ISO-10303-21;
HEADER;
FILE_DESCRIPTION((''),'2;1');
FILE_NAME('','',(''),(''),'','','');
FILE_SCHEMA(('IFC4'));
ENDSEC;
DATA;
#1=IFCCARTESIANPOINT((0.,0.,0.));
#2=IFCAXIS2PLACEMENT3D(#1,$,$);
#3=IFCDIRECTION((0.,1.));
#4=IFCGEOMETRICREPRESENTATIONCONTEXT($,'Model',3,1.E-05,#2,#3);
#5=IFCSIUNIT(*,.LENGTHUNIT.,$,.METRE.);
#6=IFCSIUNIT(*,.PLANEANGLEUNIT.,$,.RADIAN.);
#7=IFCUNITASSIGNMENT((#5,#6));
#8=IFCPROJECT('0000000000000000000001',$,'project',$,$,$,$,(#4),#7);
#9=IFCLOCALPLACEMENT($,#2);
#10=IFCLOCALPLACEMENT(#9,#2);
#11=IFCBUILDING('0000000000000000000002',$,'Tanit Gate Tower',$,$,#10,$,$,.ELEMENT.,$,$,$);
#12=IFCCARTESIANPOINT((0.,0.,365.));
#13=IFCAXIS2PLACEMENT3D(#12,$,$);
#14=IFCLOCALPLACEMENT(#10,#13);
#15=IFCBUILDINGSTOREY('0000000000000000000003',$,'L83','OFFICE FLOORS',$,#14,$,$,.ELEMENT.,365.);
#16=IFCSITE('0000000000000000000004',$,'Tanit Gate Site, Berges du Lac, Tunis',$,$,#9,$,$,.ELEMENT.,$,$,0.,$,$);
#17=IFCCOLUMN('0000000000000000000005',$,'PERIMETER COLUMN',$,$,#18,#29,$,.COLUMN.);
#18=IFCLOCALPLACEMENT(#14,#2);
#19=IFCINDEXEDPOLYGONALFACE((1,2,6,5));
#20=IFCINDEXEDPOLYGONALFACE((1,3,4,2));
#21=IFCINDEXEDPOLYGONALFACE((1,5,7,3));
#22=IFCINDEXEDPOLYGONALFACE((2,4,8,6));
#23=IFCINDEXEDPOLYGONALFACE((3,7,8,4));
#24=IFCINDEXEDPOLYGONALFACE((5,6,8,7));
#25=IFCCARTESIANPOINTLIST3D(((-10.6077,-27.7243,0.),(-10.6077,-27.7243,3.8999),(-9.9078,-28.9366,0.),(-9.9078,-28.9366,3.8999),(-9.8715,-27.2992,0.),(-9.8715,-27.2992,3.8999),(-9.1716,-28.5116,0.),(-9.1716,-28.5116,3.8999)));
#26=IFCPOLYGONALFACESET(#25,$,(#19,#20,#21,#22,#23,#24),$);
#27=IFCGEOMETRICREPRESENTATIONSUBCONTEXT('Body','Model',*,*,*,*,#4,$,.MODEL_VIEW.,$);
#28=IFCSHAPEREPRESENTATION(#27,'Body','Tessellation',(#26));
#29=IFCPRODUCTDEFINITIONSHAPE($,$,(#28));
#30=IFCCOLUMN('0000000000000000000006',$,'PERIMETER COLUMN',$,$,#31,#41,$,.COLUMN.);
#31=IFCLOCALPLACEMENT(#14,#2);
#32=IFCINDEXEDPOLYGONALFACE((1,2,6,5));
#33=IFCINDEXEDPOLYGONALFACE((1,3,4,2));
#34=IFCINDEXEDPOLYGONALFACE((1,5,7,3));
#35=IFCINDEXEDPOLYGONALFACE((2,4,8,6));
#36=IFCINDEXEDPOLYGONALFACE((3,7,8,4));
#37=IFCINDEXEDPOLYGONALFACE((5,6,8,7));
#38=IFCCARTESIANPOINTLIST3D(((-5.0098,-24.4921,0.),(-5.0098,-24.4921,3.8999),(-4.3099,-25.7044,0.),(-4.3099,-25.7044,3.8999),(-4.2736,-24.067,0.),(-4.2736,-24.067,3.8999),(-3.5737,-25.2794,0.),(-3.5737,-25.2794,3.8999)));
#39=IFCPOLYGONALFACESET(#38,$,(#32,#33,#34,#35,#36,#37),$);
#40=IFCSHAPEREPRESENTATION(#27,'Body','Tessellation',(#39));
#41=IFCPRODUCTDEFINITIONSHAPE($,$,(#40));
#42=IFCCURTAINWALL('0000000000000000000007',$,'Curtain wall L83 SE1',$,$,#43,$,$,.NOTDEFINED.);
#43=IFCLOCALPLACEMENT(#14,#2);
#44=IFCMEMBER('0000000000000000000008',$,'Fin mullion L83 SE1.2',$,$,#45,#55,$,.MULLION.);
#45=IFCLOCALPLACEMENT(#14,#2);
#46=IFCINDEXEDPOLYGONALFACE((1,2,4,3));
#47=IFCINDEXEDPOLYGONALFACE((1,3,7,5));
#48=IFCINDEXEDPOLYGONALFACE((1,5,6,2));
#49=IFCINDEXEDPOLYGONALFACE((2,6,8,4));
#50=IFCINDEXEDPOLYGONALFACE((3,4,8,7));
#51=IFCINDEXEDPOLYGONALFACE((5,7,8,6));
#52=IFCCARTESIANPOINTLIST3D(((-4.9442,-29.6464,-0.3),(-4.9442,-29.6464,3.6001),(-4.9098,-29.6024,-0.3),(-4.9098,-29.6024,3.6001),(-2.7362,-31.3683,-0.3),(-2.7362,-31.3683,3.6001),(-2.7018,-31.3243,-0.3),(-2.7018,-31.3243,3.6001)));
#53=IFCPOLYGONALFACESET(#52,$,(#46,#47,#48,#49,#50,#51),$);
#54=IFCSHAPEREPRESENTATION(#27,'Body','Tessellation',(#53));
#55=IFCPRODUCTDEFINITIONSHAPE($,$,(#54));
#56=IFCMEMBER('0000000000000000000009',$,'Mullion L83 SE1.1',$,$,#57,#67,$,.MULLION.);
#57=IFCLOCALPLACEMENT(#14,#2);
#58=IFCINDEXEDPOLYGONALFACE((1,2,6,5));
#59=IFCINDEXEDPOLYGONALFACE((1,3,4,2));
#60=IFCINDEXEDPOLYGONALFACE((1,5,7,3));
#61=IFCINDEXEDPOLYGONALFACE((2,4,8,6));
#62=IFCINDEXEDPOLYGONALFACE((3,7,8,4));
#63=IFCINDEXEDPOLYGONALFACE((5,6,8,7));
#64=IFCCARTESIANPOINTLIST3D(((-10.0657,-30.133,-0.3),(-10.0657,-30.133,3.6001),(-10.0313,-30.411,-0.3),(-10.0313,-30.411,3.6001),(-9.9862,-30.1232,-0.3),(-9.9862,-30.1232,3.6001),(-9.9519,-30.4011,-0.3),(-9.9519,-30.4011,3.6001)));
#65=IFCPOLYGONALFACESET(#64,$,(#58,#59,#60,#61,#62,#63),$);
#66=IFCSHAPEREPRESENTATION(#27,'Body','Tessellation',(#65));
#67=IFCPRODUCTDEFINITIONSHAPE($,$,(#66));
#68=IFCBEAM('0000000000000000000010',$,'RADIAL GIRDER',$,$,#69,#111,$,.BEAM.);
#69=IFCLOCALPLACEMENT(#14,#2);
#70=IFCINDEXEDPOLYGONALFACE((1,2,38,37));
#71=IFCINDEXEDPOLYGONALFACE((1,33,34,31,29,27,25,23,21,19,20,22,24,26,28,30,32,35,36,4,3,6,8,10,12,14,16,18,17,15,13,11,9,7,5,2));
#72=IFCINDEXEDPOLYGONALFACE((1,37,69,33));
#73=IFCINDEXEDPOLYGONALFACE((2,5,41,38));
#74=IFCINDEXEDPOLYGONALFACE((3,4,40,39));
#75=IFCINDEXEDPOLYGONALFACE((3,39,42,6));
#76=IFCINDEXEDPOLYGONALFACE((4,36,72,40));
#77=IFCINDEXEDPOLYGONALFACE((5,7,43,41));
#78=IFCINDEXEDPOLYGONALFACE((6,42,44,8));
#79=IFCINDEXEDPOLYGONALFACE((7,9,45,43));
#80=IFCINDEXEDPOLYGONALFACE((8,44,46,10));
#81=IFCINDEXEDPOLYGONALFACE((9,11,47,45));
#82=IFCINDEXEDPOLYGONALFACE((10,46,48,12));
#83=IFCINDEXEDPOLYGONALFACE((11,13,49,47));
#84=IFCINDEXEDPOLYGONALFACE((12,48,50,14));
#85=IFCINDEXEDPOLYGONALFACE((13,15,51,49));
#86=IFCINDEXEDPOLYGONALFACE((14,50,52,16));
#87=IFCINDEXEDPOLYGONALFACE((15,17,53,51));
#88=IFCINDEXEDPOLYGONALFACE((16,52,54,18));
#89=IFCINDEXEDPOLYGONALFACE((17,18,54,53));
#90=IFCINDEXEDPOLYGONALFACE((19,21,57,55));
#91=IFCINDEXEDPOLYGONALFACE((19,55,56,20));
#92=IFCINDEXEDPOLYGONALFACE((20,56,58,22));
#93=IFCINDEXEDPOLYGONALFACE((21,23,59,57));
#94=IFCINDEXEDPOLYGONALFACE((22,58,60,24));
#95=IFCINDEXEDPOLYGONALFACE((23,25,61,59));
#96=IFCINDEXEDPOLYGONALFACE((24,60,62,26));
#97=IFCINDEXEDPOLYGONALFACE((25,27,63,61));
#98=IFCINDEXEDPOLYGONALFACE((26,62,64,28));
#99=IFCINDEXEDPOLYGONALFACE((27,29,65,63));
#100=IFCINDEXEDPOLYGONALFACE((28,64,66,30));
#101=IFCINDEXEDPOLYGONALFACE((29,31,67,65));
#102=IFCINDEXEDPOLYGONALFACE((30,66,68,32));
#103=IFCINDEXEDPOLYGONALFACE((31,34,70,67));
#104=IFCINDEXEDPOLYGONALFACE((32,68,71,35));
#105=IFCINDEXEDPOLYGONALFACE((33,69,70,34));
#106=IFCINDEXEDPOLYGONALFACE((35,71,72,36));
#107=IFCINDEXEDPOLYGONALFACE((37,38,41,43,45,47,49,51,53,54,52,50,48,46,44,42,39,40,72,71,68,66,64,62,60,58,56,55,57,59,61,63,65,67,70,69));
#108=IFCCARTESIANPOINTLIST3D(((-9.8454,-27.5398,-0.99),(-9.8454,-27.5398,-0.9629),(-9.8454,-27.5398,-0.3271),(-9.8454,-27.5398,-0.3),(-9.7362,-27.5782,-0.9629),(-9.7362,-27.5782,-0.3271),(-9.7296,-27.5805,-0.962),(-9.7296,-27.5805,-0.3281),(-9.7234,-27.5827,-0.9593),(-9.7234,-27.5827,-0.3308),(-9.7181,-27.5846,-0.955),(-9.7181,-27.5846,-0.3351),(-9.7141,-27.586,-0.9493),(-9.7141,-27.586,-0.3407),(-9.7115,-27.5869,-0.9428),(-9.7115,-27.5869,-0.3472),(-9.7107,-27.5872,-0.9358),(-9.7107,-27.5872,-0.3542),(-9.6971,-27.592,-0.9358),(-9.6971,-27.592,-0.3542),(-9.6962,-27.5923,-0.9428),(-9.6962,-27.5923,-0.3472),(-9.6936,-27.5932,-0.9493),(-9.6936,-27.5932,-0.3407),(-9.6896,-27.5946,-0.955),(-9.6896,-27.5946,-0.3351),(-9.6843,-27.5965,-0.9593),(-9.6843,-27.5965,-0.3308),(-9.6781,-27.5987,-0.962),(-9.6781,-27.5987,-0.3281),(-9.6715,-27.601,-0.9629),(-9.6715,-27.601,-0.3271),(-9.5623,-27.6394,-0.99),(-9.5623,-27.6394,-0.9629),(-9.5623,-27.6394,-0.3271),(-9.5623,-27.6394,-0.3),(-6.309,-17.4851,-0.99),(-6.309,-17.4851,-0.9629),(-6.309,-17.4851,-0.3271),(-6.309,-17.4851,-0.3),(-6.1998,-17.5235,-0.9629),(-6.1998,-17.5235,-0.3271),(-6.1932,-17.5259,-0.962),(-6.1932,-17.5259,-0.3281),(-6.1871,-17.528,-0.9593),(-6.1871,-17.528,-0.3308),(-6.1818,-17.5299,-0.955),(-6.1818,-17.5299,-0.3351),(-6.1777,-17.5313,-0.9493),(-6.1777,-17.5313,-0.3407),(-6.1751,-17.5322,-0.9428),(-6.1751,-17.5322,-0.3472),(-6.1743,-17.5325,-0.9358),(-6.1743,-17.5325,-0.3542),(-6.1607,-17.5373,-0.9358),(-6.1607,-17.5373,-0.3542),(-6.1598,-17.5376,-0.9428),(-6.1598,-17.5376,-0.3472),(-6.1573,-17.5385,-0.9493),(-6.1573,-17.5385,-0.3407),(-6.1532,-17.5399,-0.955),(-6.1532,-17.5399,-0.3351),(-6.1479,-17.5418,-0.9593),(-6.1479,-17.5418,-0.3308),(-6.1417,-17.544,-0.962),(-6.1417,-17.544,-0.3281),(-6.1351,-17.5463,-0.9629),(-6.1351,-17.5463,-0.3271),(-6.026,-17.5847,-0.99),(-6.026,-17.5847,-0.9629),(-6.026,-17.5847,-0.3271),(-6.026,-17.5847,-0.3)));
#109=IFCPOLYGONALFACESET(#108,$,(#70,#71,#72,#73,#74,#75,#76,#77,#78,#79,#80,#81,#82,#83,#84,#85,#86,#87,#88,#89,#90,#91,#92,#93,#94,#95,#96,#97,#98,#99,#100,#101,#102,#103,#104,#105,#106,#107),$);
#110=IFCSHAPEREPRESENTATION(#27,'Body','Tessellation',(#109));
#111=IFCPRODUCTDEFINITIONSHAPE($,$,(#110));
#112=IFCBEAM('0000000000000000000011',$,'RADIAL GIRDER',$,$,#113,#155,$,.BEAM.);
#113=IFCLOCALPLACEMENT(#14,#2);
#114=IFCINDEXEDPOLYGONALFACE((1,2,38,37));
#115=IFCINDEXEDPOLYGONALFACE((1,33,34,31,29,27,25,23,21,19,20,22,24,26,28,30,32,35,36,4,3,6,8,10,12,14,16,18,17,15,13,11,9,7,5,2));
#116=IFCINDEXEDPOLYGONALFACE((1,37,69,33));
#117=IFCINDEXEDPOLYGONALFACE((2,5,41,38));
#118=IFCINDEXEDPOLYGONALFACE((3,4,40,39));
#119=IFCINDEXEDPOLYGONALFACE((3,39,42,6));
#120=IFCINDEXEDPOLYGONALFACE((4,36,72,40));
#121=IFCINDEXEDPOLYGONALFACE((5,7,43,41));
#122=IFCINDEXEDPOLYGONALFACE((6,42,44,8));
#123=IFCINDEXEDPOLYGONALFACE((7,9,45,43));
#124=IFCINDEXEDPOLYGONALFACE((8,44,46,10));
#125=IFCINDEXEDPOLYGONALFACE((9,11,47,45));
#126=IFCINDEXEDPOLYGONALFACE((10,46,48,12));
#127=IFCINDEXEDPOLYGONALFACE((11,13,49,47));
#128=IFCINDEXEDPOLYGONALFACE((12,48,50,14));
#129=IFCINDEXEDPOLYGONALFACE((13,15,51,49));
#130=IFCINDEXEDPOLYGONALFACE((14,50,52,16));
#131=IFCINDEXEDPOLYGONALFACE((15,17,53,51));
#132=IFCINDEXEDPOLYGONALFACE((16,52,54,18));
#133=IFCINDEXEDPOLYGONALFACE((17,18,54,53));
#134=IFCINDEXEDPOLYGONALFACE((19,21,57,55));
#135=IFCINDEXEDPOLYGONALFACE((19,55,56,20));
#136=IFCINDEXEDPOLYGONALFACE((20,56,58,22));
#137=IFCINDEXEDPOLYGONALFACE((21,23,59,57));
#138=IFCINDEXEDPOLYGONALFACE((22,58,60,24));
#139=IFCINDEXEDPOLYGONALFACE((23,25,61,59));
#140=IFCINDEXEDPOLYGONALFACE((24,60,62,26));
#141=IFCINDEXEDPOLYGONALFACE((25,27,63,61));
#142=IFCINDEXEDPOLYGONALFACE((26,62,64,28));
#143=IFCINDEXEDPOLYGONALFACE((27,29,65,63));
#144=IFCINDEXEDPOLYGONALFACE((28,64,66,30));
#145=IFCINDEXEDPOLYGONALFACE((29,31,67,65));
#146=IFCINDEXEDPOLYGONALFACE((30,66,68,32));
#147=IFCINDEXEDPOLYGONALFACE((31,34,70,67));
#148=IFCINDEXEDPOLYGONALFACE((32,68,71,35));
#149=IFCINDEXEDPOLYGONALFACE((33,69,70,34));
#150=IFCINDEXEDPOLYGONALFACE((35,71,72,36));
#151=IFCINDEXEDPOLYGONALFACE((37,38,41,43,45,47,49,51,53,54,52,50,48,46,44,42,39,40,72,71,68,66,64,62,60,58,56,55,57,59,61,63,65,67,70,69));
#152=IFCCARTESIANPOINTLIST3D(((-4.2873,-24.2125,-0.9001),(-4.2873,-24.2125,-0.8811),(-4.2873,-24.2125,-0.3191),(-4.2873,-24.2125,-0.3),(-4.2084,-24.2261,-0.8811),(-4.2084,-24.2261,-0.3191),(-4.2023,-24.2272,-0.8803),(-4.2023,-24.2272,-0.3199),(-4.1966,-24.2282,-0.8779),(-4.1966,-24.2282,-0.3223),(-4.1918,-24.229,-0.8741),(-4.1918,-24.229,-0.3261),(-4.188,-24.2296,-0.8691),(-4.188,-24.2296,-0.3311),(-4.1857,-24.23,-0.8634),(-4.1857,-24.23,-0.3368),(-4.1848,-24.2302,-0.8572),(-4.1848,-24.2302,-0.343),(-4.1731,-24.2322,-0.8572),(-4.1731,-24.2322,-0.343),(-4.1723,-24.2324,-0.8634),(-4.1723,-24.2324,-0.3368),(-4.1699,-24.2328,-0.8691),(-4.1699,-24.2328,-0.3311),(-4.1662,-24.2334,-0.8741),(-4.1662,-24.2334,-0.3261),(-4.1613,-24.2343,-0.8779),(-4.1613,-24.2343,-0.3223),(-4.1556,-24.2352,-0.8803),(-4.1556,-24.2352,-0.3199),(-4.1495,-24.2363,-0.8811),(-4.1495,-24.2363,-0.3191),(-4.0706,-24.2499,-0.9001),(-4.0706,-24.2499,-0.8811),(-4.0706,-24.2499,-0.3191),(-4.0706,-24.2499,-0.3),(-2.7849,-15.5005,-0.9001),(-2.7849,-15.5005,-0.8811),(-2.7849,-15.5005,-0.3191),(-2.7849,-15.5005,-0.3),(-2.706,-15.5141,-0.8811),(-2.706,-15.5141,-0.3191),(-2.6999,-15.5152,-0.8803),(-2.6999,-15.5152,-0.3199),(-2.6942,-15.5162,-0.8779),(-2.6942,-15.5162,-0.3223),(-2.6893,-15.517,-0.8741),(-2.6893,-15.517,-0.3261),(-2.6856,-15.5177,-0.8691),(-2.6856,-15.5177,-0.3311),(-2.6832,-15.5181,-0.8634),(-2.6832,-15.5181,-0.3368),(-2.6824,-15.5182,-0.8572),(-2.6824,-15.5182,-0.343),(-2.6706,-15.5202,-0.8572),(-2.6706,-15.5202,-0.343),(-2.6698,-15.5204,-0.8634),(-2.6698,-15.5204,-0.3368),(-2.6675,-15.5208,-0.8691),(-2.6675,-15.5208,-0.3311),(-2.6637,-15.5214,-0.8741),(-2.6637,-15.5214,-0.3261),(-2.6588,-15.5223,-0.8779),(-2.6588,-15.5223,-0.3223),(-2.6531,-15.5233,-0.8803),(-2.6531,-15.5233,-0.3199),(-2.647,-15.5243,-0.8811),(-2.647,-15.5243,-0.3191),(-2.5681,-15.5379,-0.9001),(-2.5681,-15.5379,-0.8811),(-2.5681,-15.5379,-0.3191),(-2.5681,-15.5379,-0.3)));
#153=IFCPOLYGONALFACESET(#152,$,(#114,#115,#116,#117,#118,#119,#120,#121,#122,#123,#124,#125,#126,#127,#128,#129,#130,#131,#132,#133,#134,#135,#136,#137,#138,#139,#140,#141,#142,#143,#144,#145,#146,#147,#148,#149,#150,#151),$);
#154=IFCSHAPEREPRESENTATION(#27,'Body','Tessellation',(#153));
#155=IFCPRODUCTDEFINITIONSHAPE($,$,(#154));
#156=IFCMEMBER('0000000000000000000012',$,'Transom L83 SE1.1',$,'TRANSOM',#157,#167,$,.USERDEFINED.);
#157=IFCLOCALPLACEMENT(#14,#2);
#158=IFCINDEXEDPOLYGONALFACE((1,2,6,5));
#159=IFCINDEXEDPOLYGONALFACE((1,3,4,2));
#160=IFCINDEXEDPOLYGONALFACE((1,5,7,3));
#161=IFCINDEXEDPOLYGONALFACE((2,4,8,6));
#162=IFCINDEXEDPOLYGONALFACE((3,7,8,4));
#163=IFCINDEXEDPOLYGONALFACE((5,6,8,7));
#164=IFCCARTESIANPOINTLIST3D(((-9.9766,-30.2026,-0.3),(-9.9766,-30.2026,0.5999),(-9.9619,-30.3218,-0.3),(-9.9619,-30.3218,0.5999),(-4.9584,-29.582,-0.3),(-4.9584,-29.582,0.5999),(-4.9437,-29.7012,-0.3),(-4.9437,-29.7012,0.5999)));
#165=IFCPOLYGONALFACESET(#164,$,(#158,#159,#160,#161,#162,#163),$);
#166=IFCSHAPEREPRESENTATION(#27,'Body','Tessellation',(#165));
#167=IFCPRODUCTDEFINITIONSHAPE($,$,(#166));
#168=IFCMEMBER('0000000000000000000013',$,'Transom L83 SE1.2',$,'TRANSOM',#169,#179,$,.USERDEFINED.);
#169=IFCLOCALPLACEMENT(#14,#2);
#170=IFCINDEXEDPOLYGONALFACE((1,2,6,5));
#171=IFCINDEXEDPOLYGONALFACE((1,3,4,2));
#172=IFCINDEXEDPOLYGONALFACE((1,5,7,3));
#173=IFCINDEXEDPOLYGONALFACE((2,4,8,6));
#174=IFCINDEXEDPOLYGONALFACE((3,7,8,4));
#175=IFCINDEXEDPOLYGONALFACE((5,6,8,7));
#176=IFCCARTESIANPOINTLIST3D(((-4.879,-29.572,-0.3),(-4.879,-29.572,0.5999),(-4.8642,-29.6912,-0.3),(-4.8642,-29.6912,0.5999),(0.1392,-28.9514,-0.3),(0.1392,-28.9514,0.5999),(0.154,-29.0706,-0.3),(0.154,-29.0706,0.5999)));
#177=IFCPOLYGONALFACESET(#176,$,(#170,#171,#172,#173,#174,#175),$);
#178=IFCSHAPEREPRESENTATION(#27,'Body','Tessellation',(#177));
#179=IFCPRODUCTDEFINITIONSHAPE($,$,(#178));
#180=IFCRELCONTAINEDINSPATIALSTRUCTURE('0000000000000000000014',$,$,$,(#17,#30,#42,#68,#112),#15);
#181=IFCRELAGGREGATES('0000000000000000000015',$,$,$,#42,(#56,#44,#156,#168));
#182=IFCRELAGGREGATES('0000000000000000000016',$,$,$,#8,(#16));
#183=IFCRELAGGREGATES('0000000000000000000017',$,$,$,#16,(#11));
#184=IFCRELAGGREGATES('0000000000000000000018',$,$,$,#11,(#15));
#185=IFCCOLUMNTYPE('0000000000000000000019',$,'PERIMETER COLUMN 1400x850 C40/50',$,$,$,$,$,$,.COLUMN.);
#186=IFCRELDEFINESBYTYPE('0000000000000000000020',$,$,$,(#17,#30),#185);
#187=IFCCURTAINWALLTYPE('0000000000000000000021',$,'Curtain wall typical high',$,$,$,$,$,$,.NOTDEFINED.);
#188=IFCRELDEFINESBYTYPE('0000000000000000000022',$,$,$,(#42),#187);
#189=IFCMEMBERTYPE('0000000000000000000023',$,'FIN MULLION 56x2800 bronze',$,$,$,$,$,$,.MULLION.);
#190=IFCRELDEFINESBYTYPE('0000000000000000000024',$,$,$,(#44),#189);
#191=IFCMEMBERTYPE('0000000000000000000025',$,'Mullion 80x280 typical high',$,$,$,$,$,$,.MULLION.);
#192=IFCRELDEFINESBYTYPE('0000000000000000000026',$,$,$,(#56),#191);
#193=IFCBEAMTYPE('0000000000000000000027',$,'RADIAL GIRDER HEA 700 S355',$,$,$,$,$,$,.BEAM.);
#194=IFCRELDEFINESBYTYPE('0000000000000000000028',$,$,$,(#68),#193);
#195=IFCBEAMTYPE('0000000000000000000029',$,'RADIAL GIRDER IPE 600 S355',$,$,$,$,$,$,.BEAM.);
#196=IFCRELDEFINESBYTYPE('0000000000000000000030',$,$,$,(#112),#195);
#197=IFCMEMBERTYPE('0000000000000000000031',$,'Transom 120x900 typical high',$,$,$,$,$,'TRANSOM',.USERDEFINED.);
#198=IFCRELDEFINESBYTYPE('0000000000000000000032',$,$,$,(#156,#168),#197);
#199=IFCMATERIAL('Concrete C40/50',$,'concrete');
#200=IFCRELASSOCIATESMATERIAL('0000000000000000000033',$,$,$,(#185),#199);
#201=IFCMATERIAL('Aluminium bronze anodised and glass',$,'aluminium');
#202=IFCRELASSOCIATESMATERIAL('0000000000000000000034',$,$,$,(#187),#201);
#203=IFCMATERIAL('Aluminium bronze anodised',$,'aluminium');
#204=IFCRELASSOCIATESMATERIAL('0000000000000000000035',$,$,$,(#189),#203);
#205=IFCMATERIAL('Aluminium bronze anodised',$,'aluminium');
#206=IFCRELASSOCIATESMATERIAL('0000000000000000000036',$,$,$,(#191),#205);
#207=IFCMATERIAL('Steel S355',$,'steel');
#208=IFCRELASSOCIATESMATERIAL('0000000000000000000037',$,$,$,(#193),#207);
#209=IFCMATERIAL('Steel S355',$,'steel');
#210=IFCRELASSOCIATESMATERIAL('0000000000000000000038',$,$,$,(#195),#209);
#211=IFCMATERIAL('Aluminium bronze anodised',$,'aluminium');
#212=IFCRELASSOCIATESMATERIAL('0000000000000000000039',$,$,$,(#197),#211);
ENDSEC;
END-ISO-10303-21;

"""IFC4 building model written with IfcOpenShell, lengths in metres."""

from ifc_helpers import new_model, si_unit, direction, frame, origin, origin_2d, place, context, subcontext, project, spatial, rectangle, i_section, extrude, material, material_profile, profile_set, type_object, element, aggregate, save


model = new_model("IFC4")

# Units and contexts
model_context = context("Model", 3, precision=1e-05, world=origin(), true_north=direction((0.0, 1.0)))
body_context = subcontext(model_context, "Body", "Model", "MODEL_VIEW")
ifc_project = project(units=[si_unit("LENGTHUNIT", "METRE"), si_unit("PLANEANGLEUNIT", "RADIAN")], contexts=[model_context])

# Site, building, storey
site_placement = place(None, origin())
site = spatial("IfcSite", under=ifc_project, at=site_placement, Name="Tanit Gate Site, Berges du Lac, Tunis", CompositionType="ELEMENT", RefElevation=0.0)
building_placement = place(site_placement, origin())
building = spatial("IfcBuilding", under=site, at=building_placement, Name="Tanit Gate Tower", CompositionType="ELEMENT")
storey_placement = place(building_placement, frame((0.0, 0.0, 365.0)))
storey = spatial("IfcBuildingStorey", under=building, at=storey_placement, Name="L83", Description="OFFICE FLOORS", CompositionType="ELEMENT", Elevation=365.0)

# Columns
ifc_material_1 = material(Name="Concrete C40/50", Category="concrete")
ifc_material_profile_1 = material_profile(ifc_material_1, rectangle(XDim=1.3999, YDim=0.8501, at=origin_2d()), Name="RC 1400x850")
ifc_profile_set_1 = profile_set([ifc_material_profile_1], Name="Concrete C40/50")
column_type = type_object("IfcColumnType", Name="PERIMETER COLUMN 1400x850 C40/50", PredefinedType="COLUMN", material=ifc_profile_set_1)
for number, where, z_axis, x_axis, name in (
    (1, (-9.8896, -28.1179, 0.0), (0.0, 0.0, 1.0), (0.5, -0.866025, 0.0), "PERIMETER COLUMN"),
    (2, (-4.2917, -24.8857, 0.0), (0.0, 0.0, 1.0), (0.5, -0.866025, 0.0), "PERIMETER COLUMN"),
):
    element("IfcColumn", number, at=place(storey_placement, frame(where, z_axis=z_axis, x_axis=x_axis)), inside=storey, type_object=column_type, Name=name, PredefinedType="COLUMN", context=body_context, shape_type="SweptSolid", body=[
        extrude(rectangle(XDim=1.3999, YDim=0.8501, at=origin_2d()), origin(), (0.0, 0.0, 1.0), 3.8999),
    ])

# Curtain wall, members
ifc_material_2 = material(Name="Aluminium bronze anodised and glass", Category="aluminium")
curtain_wall_type = type_object("IfcCurtainWallType", Name="Curtain wall typical high", PredefinedType="NOTDEFINED", material=ifc_material_2)
curtain_wall_placement = place(storey_placement, origin())
curtain_wall = element("IfcCurtainWall", 3, at=curtain_wall_placement, inside=storey, type_object=curtain_wall_type, Name="Curtain wall L83 SE1", PredefinedType="NOTDEFINED")
ifc_material_3 = material(Name="Aluminium bronze anodised", Category="aluminium")
ifc_material_profile_2 = material_profile(ifc_material_3, rectangle(XDim=2.8, YDim=0.0559, at=origin_2d()), Name="56x2800 bronze fin mullion")
ifc_profile_set_2 = profile_set([ifc_material_profile_2], Name="Aluminium bronze anodised")
member_type_1 = type_object("IfcMemberType", Name="FIN MULLION 56x2800 bronze", PredefinedType="MULLION", material=ifc_profile_set_2)
member_1_placement = place(storey_placement, frame((-3.823, -30.4854, -0.3), z_axis=(0.0, 0.0, 1.0), x_axis=(-0.788562, 0.614955, 0.0)))
member_1 = element("IfcMember", 4, at=member_1_placement, type_object=member_type_1, Name="Fin mullion L83 SE1.2", PredefinedType="MULLION", context=body_context, shape_type="SweptSolid", body=[
    extrude(rectangle(XDim=2.8, YDim=0.0559, at=origin_2d()), origin(), (0.0, 0.0, 1.0), 3.9001),
])
ifc_material_4 = material(Name="Aluminium bronze anodised", Category="aluminium")
ifc_material_profile_3 = material_profile(ifc_material_4, rectangle(XDim=0.28, YDim=0.0801, at=origin_2d()), Name="80x280 bronze mullion")
ifc_profile_set_3 = profile_set([ifc_material_profile_3], Name="Aluminium bronze anodised")
member_type_2 = type_object("IfcMemberType", Name="Mullion 80x280 typical high", PredefinedType="MULLION", material=ifc_profile_set_3)
member_2_placement = place(storey_placement, frame((-10.0088, -30.2671, -0.3), z_axis=(0.0, 0.0, 1.0), x_axis=(-0.122759, 0.992436, 0.0)))
member_2 = element("IfcMember", 5, at=member_2_placement, type_object=member_type_2, Name="Mullion L83 SE1.1", PredefinedType="MULLION", context=body_context, shape_type="SweptSolid", body=[
    extrude(rectangle(XDim=0.28, YDim=0.0801, at=origin_2d()), origin(), (0.0, 0.0, 1.0), 3.9001),
])

# Beams
ifc_material_5 = material(Name="Steel S355", Category="steel")
ifc_material_profile_4 = material_profile(ifc_material_5, i_section(OverallWidth=0.3, OverallDepth=0.6899, WebThickness=0.0144, FlangeThickness=0.0271, FilletRadius=0.0271, at=origin_2d()), Name="HEA 700")
ifc_profile_set_4 = profile_set([ifc_material_profile_4], Name="Steel S355")
beam_type_1 = type_object("IfcBeamType", Name="RADIAL GIRDER HEA 700 S355", PredefinedType="BEAM", material=ifc_profile_set_4)
beam_1_placement = place(storey_placement, frame((-9.7039, -27.5896, -0.645), z_axis=(0.331791, 0.943353, 0.0), x_axis=(-0.943353, 0.331791, 0.0)))
element("IfcBeam", 6, at=beam_1_placement, inside=storey, type_object=beam_type_1, Name="RADIAL GIRDER", PredefinedType="BEAM", context=body_context, shape_type="SweptSolid", body=[
    extrude(i_section(OverallWidth=0.3, OverallDepth=0.6899, WebThickness=0.0144, FlangeThickness=0.0271, FilletRadius=0.0271, at=origin_2d()), origin(), (0.0, 0.0, 1.0), 10.6584),
])
ifc_material_6 = material(Name="Steel S355", Category="steel")
ifc_material_profile_5 = material_profile(ifc_material_6, i_section(OverallWidth=0.22, OverallDepth=0.6001, WebThickness=0.012, FlangeThickness=0.019, FilletRadius=0.0239, at=origin_2d()), Name="IPE 600")
ifc_profile_set_5 = profile_set([ifc_material_profile_5], Name="Steel S355")
beam_type_2 = type_object("IfcBeamType", Name="RADIAL GIRDER IPE 600 S355", PredefinedType="BEAM", material=ifc_profile_set_5)
beam_2_placement = place(storey_placement, frame((-4.179, -24.2312, -0.6001), z_axis=(0.169949, 0.985453, 0.0), x_axis=(-0.985453, 0.169949, 0.0)))
element("IfcBeam", 7, at=beam_2_placement, inside=storey, type_object=beam_type_2, Name="RADIAL GIRDER", PredefinedType="BEAM", context=body_context, shape_type="SweptSolid", body=[
    extrude(i_section(OverallWidth=0.22, OverallDepth=0.6001, WebThickness=0.012, FlangeThickness=0.019, FilletRadius=0.0239, at=origin_2d()), origin(), (0.0, 0.0, 1.0), 8.8406),
])

# Members
ifc_material_7 = material(Name="Aluminium bronze anodised", Category="aluminium")
ifc_material_profile_6 = material_profile(ifc_material_7, rectangle(XDim=0.1201, YDim=0.8999, at=origin_2d()), Name="120x900 bronze transom")
ifc_profile_set_6 = profile_set([ifc_material_profile_6], Name="Aluminium bronze anodised")
member_type_3 = type_object("IfcMemberType", Name="Transom 120x900 typical high", ElementType="TRANSOM", PredefinedType="USERDEFINED", material=ifc_profile_set_6)
member_3_placement = place(storey_placement, frame((-9.9692, -30.2622, 0.1499), z_axis=(0.992439, 0.122739, 0.0), x_axis=(-0.122739, 0.992439, 0.0)))
member_3 = element("IfcMember", 8, at=member_3_placement, type_object=member_type_3, Name="Transom L83 SE1.1", ObjectType="TRANSOM", PredefinedType="USERDEFINED", context=body_context, shape_type="SweptSolid", body=[
    extrude(rectangle(XDim=0.1201, YDim=0.8999, at=origin_2d()), origin(), (0.0, 0.0, 1.0), 5.0564),
])
member_4_placement = place(storey_placement, frame((-4.8716, -29.6316, 0.1499), z_axis=(0.992439, 0.122739, 0.0), x_axis=(-0.122739, 0.992439, 0.0)))
member_4 = element("IfcMember", 9, at=member_4_placement, type_object=member_type_3, Name="Transom L83 SE1.2", ObjectType="TRANSOM", PredefinedType="USERDEFINED", context=body_context, shape_type="SweptSolid", body=[
    extrude(rectangle(XDim=0.1201, YDim=0.8999, at=origin_2d()), origin(), (0.0, 0.0, 1.0), 5.0564),
])

aggregate(curtain_wall, [member_2, member_1, member_3, member_4])

save(model, "model.ifc")
